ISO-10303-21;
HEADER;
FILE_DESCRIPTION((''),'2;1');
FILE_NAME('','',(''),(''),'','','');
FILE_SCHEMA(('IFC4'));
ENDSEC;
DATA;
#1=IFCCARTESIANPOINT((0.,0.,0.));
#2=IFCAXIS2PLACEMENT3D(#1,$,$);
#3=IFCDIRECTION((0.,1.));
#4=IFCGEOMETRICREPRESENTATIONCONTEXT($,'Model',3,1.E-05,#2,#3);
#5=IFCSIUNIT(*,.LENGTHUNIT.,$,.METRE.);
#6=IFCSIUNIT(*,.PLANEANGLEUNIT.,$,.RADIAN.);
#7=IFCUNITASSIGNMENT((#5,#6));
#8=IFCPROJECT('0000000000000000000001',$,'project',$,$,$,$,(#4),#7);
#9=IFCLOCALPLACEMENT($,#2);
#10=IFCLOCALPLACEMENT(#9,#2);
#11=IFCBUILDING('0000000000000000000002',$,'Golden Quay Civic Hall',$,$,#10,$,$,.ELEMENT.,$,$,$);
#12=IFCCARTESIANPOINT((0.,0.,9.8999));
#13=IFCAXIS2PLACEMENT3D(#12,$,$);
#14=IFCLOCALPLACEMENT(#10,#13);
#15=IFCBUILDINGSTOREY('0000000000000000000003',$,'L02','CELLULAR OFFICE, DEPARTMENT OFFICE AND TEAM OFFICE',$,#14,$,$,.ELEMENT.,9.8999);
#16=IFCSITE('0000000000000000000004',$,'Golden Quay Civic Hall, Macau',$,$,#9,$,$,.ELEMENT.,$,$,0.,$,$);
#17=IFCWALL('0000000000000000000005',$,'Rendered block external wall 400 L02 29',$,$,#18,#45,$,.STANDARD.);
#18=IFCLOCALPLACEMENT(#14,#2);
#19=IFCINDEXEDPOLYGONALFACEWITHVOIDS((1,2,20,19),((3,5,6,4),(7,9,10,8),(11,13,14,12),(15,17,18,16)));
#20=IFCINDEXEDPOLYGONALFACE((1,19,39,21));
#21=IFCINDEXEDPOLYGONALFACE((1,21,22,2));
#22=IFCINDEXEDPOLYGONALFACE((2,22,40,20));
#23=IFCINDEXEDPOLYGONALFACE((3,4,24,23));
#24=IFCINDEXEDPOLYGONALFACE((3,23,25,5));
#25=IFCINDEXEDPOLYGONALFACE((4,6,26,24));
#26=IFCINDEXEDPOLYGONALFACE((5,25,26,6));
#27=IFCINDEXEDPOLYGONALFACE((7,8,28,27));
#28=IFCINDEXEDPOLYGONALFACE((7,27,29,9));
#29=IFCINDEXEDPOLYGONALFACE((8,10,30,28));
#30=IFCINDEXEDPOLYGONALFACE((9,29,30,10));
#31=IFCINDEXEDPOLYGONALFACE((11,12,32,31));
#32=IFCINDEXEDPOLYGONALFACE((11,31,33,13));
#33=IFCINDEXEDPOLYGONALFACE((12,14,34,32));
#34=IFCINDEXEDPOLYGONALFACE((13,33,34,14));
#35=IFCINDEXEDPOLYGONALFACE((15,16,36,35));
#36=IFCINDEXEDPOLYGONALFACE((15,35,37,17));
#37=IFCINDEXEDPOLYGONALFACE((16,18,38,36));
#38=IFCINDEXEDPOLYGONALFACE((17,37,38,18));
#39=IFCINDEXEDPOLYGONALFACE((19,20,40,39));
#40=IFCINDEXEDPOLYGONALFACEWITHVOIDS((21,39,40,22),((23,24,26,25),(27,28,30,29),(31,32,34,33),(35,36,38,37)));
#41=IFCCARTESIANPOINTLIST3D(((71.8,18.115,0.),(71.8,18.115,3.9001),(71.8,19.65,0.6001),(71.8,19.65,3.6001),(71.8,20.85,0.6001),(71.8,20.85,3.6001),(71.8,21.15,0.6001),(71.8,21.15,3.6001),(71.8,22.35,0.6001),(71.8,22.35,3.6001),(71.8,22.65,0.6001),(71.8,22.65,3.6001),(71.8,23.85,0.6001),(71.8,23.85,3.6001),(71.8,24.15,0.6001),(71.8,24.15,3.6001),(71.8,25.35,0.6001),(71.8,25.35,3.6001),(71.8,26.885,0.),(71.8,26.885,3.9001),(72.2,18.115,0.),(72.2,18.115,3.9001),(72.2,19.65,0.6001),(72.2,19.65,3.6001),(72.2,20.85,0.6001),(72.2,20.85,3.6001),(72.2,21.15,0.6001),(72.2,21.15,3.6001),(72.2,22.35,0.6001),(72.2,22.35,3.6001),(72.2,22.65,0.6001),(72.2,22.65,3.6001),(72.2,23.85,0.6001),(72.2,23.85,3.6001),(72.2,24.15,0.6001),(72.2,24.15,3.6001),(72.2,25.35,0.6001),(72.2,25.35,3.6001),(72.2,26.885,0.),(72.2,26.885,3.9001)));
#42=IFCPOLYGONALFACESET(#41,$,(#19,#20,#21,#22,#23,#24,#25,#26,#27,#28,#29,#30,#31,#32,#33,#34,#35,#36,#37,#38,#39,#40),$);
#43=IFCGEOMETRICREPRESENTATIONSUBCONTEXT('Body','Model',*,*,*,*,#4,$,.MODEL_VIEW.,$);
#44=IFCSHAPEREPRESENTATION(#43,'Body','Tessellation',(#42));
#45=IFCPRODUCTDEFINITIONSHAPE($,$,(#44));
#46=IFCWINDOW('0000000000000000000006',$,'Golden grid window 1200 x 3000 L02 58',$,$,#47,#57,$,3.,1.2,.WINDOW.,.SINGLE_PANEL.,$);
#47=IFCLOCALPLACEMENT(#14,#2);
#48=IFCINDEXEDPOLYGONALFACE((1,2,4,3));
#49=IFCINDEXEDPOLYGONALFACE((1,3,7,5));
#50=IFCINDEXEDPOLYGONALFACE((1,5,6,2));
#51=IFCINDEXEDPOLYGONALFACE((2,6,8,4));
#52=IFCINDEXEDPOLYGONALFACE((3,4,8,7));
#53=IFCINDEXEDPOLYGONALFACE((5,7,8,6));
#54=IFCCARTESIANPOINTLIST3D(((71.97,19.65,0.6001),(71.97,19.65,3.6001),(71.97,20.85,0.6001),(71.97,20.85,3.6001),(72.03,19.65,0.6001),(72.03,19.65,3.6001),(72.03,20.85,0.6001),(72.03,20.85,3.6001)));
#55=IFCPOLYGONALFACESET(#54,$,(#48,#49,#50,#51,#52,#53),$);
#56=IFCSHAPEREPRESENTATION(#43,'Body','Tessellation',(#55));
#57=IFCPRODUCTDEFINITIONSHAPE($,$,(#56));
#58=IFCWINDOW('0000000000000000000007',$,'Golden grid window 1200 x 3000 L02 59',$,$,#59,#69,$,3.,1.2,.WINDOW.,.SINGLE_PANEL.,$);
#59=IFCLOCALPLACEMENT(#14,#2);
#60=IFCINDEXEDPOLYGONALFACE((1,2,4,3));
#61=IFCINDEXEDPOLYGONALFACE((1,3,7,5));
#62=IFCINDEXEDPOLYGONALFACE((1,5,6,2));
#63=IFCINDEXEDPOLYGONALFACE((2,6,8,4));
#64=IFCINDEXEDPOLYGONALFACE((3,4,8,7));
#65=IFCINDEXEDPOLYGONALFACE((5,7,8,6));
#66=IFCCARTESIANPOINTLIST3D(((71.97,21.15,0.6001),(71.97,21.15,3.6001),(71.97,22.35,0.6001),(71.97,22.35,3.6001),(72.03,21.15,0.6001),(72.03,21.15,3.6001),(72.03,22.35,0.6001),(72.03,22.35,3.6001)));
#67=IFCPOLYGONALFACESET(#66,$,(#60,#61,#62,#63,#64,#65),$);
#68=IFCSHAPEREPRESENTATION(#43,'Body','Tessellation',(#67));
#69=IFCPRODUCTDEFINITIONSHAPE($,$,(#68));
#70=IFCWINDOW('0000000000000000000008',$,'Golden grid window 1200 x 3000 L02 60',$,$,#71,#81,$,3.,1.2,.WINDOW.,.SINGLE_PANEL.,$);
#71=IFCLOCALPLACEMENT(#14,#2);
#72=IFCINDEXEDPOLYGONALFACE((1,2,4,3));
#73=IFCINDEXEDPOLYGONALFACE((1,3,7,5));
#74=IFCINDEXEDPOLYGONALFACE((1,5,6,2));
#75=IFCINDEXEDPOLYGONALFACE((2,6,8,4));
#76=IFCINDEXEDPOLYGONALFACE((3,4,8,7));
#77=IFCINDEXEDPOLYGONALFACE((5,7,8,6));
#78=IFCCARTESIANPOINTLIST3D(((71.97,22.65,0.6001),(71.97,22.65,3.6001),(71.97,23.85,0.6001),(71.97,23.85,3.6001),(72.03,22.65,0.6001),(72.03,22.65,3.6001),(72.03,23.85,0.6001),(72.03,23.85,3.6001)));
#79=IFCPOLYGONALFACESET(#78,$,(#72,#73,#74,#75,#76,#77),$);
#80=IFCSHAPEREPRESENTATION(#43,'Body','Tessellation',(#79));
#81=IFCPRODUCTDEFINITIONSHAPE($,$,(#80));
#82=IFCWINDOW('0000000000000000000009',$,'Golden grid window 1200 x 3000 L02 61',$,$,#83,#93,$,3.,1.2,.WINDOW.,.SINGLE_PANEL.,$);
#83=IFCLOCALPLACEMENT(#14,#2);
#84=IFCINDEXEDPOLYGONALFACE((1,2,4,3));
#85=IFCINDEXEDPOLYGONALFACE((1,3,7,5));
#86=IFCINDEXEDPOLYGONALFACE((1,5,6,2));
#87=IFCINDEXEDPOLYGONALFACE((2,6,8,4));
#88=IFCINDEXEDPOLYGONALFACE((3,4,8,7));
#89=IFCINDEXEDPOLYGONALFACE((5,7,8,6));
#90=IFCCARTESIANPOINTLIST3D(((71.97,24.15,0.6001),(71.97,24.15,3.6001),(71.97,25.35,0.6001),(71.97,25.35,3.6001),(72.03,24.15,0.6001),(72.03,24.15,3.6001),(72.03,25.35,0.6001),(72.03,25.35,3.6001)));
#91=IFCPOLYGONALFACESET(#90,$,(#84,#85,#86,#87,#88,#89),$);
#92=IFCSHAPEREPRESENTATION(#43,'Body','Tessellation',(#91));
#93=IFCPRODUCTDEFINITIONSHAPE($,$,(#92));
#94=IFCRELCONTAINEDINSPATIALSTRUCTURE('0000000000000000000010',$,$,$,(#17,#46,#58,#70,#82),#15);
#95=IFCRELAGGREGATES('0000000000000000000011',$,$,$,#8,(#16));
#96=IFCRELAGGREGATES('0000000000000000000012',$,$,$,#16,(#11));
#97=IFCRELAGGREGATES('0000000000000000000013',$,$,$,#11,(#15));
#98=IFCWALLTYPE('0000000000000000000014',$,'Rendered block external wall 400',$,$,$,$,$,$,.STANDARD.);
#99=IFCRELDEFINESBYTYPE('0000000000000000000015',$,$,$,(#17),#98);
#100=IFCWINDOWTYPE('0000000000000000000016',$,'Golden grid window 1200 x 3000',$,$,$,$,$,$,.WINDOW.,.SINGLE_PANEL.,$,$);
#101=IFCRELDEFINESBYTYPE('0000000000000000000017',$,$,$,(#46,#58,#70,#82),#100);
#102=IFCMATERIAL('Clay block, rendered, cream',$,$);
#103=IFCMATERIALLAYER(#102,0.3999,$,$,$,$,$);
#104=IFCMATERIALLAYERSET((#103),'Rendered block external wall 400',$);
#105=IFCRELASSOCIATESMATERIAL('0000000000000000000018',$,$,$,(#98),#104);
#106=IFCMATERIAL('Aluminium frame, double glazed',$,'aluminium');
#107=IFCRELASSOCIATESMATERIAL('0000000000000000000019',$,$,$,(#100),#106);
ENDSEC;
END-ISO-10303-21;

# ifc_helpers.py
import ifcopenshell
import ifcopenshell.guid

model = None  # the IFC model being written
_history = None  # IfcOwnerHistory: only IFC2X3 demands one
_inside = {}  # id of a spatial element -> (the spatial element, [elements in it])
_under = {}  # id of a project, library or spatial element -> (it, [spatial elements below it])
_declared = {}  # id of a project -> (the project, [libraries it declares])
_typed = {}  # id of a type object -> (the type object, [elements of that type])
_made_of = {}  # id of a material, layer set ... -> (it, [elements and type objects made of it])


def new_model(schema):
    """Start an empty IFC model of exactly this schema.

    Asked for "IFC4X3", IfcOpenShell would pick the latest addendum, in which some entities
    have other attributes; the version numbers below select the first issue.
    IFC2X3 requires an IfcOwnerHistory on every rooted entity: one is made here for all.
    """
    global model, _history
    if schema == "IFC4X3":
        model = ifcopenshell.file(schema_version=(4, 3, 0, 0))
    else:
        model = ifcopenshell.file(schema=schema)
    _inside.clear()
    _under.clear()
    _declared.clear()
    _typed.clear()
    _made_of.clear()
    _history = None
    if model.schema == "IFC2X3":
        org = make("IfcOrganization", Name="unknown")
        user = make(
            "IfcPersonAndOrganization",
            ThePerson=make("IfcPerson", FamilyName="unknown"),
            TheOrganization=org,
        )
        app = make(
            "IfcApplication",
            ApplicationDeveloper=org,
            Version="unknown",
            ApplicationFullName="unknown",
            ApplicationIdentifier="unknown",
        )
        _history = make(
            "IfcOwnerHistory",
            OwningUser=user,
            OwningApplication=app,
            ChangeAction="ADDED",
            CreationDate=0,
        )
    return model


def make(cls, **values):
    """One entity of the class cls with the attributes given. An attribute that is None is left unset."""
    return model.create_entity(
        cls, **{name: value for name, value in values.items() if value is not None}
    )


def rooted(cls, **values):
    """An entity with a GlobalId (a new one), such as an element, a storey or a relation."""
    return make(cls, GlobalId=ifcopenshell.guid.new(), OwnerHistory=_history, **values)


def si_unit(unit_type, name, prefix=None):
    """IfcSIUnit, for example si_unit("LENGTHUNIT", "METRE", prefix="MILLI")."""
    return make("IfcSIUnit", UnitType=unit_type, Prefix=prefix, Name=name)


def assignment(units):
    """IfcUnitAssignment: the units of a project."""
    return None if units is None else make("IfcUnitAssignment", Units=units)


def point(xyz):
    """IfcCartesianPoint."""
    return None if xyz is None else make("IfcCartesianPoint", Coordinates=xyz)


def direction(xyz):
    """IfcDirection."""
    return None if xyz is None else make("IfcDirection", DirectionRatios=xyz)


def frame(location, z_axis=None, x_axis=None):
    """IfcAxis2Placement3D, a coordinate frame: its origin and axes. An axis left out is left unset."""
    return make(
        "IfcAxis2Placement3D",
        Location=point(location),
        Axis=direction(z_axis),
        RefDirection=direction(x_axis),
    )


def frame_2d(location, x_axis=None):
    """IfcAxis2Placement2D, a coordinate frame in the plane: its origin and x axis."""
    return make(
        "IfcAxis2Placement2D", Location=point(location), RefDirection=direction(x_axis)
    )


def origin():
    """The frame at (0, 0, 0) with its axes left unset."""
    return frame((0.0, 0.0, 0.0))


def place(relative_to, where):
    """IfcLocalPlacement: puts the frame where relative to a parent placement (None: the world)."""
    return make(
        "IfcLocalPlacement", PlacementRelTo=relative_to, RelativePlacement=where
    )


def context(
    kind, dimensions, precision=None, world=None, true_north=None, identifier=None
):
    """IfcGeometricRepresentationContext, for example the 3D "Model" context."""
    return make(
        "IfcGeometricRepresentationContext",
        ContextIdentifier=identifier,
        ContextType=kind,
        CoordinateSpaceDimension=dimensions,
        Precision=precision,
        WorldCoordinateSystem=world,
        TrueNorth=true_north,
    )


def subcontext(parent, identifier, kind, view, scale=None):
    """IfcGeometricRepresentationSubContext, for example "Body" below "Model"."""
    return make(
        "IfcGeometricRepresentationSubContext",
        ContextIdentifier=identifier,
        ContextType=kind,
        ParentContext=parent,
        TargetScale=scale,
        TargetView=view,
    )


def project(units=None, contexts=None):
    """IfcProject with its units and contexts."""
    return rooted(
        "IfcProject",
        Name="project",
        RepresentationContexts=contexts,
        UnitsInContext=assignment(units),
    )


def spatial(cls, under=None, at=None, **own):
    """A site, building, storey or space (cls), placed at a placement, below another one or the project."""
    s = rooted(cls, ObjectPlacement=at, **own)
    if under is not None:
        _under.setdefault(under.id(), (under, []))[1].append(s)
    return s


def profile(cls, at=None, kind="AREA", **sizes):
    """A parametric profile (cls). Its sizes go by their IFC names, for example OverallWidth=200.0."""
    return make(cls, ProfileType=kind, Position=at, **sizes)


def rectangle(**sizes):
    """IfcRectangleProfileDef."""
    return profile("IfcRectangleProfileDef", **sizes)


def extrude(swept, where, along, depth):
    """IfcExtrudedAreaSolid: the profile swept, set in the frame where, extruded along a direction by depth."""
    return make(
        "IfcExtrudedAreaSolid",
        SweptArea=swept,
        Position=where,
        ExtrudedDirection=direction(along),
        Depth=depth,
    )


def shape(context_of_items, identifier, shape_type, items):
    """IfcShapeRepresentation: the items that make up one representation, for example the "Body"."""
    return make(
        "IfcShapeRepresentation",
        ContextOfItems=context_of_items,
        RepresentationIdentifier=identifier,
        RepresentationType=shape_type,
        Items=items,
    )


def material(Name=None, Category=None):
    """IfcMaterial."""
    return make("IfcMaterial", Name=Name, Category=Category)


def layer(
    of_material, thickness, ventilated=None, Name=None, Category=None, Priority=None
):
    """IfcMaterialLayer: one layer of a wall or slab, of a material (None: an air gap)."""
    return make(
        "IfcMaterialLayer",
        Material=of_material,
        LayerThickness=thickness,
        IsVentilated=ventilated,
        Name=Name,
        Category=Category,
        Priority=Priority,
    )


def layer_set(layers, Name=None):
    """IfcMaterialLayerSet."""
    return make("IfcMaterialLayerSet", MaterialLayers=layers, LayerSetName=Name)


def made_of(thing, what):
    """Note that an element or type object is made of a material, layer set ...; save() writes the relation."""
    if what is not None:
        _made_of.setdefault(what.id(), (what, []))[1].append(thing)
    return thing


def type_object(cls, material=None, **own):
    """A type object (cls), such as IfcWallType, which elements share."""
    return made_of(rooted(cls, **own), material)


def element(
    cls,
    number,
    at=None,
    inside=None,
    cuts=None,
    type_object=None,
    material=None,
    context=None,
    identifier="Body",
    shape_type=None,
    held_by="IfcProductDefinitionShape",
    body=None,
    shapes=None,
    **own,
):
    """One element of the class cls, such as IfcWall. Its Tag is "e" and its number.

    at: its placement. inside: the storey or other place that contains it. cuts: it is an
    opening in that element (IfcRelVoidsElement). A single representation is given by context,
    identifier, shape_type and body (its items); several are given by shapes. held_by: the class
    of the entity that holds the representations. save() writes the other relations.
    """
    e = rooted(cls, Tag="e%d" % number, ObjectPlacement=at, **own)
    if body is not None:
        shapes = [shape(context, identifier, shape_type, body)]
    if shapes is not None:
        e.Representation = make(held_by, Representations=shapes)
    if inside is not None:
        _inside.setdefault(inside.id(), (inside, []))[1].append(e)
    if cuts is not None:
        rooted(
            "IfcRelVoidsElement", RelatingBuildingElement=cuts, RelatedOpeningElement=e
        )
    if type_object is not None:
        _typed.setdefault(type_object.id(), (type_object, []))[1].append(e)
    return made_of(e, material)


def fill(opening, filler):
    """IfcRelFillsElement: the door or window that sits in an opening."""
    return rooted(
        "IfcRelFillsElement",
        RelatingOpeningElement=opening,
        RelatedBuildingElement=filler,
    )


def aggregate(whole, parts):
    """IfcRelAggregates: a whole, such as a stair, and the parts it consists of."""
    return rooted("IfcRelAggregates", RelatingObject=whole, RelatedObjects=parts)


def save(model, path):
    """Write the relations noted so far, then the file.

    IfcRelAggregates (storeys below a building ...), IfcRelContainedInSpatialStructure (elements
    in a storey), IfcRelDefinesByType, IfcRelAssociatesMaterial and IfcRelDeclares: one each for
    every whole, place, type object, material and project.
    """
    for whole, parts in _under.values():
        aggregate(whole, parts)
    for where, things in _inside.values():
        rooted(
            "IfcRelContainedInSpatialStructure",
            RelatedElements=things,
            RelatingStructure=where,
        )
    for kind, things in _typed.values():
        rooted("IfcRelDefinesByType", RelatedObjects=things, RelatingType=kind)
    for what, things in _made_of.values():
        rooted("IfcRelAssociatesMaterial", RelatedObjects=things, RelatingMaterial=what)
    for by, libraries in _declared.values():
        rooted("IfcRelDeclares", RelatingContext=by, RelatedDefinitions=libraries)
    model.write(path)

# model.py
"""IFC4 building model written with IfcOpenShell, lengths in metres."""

from ifc_helpers import new_model, si_unit, direction, frame, frame_2d, origin, place, context, subcontext, project, spatial, rectangle, extrude, material, layer, layer_set, type_object, element, fill, save


model = new_model("IFC4")

# Units and contexts
model_context = context("Model", 3, precision=1e-05, world=origin(), true_north=direction((0.0, 1.0)))
body_context = subcontext(model_context, "Body", "Model", "MODEL_VIEW")
ifc_project = project(units=[si_unit("LENGTHUNIT", "METRE"), si_unit("PLANEANGLEUNIT", "RADIAN")], contexts=[model_context])

# Site, building, storey
site_placement = place(None, origin())
site = spatial("IfcSite", under=ifc_project, at=site_placement, Name="Golden Quay Civic Hall, Macau", CompositionType="ELEMENT", RefElevation=0.0)
building_placement = place(site_placement, origin())
building = spatial("IfcBuilding", under=site, at=building_placement, Name="Golden Quay Civic Hall", CompositionType="ELEMENT")
storey_placement = place(building_placement, frame((0.0, 0.0, 9.8999)))
storey = spatial("IfcBuildingStorey", under=building, at=storey_placement, Name="L02", Description="CELLULAR OFFICE, DEPARTMENT OFFICE AND TEAM OFFICE", CompositionType="ELEMENT", Elevation=9.8999)

# Wall, openings, windows
ifc_material_1 = material(Name="Clay block, rendered, cream")
ifc_layer_1 = layer(ifc_material_1, 0.3999)
ifc_layer_set_1 = layer_set([ifc_layer_1], Name="Rendered block external wall 400")
wall_type_1 = type_object("IfcWallType", Name="Rendered block external wall 400", PredefinedType="STANDARD", material=ifc_layer_set_1)
ifc_material_2 = material(Name="Aluminium frame, double glazed", Category="aluminium")
window_type = type_object("IfcWindowType", Name="Golden grid window 1200 x 3000", PartitioningType="SINGLE_PANEL", PredefinedType="WINDOW", material=ifc_material_2)
wall_1_placement = place(storey_placement, frame((72.0, 26.885, 0.0), z_axis=(0.0, 0.0, 1.0), x_axis=(0.0, -1.0, 0.0)))
wall_1 = element("IfcWall", 1, at=wall_1_placement, inside=storey, type_object=wall_type_1, Name="Rendered block external wall 400 L02 29", PredefinedType="STANDARD", context=body_context, shape_type="SweptSolid", body=[
    extrude(rectangle(XDim=8.77, YDim=0.3999, at=frame_2d((4.385, 0.0))), origin(), (0.0, 0.0, 1.0), 3.9001),
])
opening_1_placement = place(wall_1_placement, frame((6.0349, 0.0, 0.6001)))
opening_1 = element("IfcOpeningElement", 2, at=opening_1_placement, cuts=wall_1, PredefinedType="OPENING", context=body_context, shape_type="SweptSolid", body=[
    extrude(rectangle(XDim=1.2, YDim=3.0, at=frame_2d((0.6001, 1.5))), frame((0.0, 0.21, 0.0), z_axis=(0.0, -1.0, 0.0), x_axis=(1.0, 0.0, 0.0)), (0.0, 0.0, 1.0), 0.4199),
])
opening_2_placement = place(wall_1_placement, frame((4.5349, 0.0, 0.6001)))
opening_2 = element("IfcOpeningElement", 3, at=opening_2_placement, cuts=wall_1, PredefinedType="OPENING", context=body_context, shape_type="SweptSolid", body=[
    extrude(rectangle(XDim=1.2, YDim=3.0, at=frame_2d((0.6001, 1.5))), frame((0.0, 0.21, 0.0), z_axis=(0.0, -1.0, 0.0), x_axis=(1.0, 0.0, 0.0)), (0.0, 0.0, 1.0), 0.4199),
])
opening_3_placement = place(wall_1_placement, frame((3.0349, 0.0, 0.6001)))
opening_3 = element("IfcOpeningElement", 4, at=opening_3_placement, cuts=wall_1, PredefinedType="OPENING", context=body_context, shape_type="SweptSolid", body=[
    extrude(rectangle(XDim=1.2, YDim=3.0, at=frame_2d((0.6001, 1.5))), frame((0.0, 0.21, 0.0), z_axis=(0.0, -1.0, 0.0), x_axis=(1.0, 0.0, 0.0)), (0.0, 0.0, 1.0), 0.4199),
])
opening_4_placement = place(wall_1_placement, frame((1.5349, 0.0, 0.6001)))
opening_4 = element("IfcOpeningElement", 5, at=opening_4_placement, cuts=wall_1, PredefinedType="OPENING", context=body_context, shape_type="SweptSolid", body=[
    extrude(rectangle(XDim=1.2, YDim=3.0, at=frame_2d((0.6001, 1.5))), frame((0.0, 0.21, 0.0), z_axis=(0.0, -1.0, 0.0), x_axis=(1.0, 0.0, 0.0)), (0.0, 0.0, 1.0), 0.4199),
])
window_1_placement = place(opening_1_placement, origin())
window_1 = element("IfcWindow", 6, at=window_1_placement, inside=storey, type_object=window_type, Name="Golden grid window 1200 x 3000 L02 58", OverallHeight=3.0, OverallWidth=1.2, PartitioningType="SINGLE_PANEL", PredefinedType="WINDOW", context=body_context, shape_type="SweptSolid", body=[
    extrude(rectangle(XDim=1.2, YDim=3.0, at=frame_2d((0.6001, 1.5))), frame((0.0, 0.03, 0.0), z_axis=(0.0, -1.0, 0.0), x_axis=(1.0, 0.0, 0.0)), (0.0, 0.0, 1.0), 0.0601),
])
fill(opening_1, window_1)
window_2_placement = place(opening_2_placement, origin())
window_2 = element("IfcWindow", 7, at=window_2_placement, inside=storey, type_object=window_type, Name="Golden grid window 1200 x 3000 L02 59", OverallHeight=3.0, OverallWidth=1.2, PartitioningType="SINGLE_PANEL", PredefinedType="WINDOW", context=body_context, shape_type="SweptSolid", body=[
    extrude(rectangle(XDim=1.2, YDim=3.0, at=frame_2d((0.6001, 1.5))), frame((0.0, 0.03, 0.0), z_axis=(0.0, -1.0, 0.0), x_axis=(1.0, 0.0, 0.0)), (0.0, 0.0, 1.0), 0.0601),
])
fill(opening_2, window_2)
window_3_placement = place(opening_3_placement, origin())
window_3 = element("IfcWindow", 8, at=window_3_placement, inside=storey, type_object=window_type, Name="Golden grid window 1200 x 3000 L02 60", OverallHeight=3.0, OverallWidth=1.2, PartitioningType="SINGLE_PANEL", PredefinedType="WINDOW", context=body_context, shape_type="SweptSolid", body=[
    extrude(rectangle(XDim=1.2, YDim=3.0, at=frame_2d((0.6001, 1.5))), frame((0.0, 0.03, 0.0), z_axis=(0.0, -1.0, 0.0), x_axis=(1.0, 0.0, 0.0)), (0.0, 0.0, 1.0), 0.0601),
])
fill(opening_3, window_3)
window_4_placement = place(opening_4_placement, origin())
window_4 = element("IfcWindow", 9, at=window_4_placement, inside=storey, type_object=window_type, Name="Golden grid window 1200 x 3000 L02 61", OverallHeight=3.0, OverallWidth=1.2, PartitioningType="SINGLE_PANEL", PredefinedType="WINDOW", context=body_context, shape_type="SweptSolid", body=[
    extrude(rectangle(XDim=1.2, YDim=3.0, at=frame_2d((0.6001, 1.5))), frame((0.0, 0.03, 0.0), z_axis=(0.0, -1.0, 0.0), x_axis=(1.0, 0.0, 0.0)), (0.0, 0.0, 1.0), 0.0601),
])
fill(opening_4, window_4)

save(model, "model.ifc")
